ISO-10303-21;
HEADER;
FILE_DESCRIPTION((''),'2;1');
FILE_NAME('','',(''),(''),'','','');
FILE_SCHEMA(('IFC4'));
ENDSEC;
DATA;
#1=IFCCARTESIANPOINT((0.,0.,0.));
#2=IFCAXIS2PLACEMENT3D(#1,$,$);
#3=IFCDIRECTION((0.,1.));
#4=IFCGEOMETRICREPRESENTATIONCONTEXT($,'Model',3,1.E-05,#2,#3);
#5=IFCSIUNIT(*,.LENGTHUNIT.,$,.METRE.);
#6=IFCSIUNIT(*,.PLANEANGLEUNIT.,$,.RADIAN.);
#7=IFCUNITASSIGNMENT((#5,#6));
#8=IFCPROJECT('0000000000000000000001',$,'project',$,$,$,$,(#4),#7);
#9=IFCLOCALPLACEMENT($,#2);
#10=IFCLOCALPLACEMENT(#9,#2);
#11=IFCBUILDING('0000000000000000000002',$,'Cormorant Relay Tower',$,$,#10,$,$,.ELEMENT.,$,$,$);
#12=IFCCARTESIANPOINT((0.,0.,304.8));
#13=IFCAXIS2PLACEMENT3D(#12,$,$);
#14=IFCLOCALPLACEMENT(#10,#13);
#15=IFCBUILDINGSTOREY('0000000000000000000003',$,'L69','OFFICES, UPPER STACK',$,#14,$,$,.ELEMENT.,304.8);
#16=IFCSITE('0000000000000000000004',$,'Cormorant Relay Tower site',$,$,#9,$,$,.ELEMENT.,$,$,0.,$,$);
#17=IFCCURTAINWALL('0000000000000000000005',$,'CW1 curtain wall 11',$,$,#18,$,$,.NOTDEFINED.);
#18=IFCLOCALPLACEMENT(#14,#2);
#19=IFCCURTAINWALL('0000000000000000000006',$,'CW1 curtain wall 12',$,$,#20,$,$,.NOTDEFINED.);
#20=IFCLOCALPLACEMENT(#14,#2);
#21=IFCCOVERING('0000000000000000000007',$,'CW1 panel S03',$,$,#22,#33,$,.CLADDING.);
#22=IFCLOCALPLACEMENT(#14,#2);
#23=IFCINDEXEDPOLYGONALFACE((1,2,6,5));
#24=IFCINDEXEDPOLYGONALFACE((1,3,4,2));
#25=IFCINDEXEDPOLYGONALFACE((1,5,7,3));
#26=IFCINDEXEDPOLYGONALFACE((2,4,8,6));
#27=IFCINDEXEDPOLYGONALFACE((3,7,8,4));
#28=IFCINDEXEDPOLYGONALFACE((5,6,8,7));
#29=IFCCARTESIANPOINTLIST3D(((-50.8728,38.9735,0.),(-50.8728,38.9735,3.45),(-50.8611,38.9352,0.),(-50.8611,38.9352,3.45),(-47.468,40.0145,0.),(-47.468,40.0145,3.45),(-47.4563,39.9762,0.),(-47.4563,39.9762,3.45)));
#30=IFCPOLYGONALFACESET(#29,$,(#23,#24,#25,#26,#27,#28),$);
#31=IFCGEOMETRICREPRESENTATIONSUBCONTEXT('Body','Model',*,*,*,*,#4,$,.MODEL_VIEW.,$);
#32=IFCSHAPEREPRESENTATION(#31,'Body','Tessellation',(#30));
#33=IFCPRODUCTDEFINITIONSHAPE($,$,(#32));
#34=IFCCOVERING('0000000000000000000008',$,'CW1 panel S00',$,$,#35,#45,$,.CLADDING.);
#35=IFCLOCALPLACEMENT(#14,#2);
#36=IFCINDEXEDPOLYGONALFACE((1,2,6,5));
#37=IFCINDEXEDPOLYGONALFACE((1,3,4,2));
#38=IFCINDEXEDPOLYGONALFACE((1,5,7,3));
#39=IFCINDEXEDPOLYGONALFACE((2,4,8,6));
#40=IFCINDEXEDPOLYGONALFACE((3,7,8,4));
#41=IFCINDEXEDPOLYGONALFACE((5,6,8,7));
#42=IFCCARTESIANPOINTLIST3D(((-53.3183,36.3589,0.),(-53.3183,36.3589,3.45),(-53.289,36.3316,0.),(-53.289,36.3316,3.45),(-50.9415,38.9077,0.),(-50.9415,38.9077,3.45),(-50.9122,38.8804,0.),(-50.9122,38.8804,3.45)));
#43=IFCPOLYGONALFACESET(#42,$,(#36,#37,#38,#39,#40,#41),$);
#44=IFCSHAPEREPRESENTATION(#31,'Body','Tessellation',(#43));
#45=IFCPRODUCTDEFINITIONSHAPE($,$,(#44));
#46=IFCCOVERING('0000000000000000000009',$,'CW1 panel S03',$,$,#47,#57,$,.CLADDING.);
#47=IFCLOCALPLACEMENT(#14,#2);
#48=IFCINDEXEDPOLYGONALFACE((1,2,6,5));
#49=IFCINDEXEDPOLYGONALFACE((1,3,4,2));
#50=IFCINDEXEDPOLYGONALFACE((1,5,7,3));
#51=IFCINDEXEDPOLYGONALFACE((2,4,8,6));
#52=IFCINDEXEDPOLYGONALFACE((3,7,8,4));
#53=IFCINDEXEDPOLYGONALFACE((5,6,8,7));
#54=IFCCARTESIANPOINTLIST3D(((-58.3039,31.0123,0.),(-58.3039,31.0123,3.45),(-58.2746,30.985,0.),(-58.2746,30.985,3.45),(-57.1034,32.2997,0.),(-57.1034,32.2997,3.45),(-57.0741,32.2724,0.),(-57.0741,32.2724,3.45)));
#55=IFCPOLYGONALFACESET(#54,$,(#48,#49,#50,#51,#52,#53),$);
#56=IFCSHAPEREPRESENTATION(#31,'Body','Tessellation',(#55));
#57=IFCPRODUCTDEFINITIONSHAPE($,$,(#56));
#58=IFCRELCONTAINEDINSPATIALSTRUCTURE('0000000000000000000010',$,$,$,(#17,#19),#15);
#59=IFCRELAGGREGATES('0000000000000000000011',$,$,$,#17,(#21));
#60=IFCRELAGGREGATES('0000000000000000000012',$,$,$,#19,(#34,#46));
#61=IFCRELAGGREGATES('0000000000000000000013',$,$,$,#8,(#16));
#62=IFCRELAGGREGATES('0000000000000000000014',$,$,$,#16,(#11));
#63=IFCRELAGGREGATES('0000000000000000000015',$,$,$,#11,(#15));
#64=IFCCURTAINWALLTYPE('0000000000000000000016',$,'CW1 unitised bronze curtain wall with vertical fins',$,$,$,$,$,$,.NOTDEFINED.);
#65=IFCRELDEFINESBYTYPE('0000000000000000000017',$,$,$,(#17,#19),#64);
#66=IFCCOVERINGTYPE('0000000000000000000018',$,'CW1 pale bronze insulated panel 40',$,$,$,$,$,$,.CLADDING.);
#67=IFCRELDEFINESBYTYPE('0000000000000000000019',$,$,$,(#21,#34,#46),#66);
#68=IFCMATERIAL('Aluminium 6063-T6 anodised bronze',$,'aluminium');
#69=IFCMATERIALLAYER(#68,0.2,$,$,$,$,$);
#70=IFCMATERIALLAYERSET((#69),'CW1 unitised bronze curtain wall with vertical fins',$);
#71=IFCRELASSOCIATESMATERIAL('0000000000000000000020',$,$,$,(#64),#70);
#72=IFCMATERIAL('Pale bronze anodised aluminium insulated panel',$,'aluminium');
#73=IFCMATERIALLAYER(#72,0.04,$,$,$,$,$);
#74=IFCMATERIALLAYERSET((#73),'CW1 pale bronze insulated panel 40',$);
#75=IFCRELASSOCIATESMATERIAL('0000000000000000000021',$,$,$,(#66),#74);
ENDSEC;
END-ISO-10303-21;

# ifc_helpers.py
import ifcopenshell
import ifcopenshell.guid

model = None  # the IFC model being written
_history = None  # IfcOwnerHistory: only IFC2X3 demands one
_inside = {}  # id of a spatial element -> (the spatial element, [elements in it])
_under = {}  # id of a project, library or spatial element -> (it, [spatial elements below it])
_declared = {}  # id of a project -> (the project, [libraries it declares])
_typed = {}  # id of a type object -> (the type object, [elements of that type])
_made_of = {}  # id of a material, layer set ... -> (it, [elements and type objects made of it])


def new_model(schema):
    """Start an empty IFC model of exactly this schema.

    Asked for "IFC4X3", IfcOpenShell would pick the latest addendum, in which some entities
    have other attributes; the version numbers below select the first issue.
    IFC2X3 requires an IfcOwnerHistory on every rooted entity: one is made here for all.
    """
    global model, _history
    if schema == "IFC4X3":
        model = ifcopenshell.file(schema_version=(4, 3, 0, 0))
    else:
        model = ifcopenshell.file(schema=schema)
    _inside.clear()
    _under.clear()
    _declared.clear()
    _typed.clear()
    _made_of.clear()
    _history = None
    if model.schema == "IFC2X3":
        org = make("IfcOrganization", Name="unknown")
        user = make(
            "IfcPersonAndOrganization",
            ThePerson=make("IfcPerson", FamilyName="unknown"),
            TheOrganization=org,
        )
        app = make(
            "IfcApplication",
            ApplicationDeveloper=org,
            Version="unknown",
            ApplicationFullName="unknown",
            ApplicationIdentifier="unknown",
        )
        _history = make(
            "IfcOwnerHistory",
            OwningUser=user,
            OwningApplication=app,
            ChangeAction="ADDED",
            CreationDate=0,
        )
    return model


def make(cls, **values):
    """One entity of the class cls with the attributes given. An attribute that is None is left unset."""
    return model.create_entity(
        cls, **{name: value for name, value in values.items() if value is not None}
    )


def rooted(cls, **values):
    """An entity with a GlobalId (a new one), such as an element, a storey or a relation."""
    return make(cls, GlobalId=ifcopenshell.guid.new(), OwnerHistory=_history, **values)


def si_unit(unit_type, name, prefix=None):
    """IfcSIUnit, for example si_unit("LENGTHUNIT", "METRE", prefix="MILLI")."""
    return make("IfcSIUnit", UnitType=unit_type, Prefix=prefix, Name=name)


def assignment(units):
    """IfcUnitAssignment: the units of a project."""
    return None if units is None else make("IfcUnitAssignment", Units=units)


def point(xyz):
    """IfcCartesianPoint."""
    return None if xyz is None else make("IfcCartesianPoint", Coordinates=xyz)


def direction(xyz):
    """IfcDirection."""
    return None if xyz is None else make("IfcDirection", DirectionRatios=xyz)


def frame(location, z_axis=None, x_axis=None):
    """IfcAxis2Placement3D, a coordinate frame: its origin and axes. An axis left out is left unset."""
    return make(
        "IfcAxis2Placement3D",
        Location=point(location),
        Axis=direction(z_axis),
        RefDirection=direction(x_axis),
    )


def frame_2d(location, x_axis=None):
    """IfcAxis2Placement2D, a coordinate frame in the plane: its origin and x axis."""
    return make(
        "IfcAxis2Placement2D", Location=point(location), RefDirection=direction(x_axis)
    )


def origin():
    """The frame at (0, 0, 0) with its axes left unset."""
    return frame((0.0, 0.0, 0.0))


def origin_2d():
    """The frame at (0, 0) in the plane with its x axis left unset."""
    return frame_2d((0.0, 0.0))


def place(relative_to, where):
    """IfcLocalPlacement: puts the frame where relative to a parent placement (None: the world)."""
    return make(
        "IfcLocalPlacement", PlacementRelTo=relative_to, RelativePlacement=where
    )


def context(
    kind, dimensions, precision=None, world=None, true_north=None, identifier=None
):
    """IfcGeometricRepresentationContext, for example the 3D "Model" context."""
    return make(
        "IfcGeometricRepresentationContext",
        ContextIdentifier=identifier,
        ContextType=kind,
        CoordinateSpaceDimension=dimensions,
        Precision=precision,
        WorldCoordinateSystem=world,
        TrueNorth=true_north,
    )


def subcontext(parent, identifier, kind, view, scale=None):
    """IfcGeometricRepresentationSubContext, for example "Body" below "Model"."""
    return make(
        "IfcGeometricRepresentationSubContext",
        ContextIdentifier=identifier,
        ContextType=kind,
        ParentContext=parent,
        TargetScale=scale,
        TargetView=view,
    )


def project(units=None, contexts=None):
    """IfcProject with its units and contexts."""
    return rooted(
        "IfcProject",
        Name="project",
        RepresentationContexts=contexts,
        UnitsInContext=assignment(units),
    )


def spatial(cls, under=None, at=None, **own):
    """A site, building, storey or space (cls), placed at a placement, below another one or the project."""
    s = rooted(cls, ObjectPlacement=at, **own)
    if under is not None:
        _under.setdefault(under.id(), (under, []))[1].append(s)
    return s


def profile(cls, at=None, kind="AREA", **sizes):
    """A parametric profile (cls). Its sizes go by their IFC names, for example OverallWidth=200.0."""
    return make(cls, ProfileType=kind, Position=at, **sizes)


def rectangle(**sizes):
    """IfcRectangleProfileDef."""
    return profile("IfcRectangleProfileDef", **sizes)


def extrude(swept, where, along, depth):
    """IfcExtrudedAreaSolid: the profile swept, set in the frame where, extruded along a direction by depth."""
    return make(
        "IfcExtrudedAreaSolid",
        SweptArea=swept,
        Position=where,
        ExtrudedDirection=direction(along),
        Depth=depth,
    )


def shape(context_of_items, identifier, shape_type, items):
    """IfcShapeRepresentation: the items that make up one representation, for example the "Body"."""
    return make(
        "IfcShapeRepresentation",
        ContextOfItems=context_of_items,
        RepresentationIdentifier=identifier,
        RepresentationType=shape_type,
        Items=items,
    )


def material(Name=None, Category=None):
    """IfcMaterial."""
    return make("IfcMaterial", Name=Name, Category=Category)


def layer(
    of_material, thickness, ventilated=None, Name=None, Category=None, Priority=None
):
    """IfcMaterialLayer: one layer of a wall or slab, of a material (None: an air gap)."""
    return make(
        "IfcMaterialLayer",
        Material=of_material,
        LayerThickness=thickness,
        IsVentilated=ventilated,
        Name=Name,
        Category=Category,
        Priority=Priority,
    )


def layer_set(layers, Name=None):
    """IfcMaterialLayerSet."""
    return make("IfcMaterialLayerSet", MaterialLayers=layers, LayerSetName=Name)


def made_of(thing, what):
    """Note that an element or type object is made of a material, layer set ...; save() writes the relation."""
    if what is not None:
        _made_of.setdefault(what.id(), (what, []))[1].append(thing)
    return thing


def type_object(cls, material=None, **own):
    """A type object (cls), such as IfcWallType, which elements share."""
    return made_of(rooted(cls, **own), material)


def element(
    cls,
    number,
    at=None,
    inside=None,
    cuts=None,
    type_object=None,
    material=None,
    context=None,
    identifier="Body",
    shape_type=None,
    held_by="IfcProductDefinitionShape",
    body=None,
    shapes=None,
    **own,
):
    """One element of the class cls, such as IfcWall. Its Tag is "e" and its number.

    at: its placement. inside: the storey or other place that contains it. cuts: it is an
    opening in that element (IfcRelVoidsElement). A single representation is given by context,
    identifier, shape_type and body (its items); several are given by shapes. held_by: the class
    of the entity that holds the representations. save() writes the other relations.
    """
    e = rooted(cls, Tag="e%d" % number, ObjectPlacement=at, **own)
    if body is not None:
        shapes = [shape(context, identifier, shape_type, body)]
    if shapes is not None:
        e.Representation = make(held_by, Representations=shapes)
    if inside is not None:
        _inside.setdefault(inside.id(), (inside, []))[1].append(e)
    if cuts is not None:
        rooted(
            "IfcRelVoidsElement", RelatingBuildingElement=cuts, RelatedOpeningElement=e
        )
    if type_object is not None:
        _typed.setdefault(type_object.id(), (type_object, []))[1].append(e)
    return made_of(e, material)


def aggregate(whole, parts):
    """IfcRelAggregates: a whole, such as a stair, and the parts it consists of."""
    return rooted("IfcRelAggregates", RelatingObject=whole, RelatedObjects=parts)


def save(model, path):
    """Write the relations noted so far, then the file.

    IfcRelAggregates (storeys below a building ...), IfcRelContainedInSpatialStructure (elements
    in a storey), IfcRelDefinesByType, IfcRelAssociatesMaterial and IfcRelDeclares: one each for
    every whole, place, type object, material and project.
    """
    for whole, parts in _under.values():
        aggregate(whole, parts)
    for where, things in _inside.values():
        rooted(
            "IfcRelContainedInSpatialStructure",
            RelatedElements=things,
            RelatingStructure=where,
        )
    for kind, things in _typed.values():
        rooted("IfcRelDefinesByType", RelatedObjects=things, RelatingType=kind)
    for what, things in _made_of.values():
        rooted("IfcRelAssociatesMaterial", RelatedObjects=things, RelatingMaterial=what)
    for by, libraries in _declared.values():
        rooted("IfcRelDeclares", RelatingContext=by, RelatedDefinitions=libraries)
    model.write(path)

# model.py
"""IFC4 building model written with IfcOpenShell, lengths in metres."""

from ifc_helpers import new_model, si_unit, direction, frame, origin, origin_2d, place, context, subcontext, project, spatial, rectangle, extrude, material, layer, layer_set, type_object, element, aggregate, save


model = new_model("IFC4")

# Units and contexts
model_context = context("Model", 3, precision=1e-05, world=origin(), true_north=direction((0.0, 1.0)))
body_context = subcontext(model_context, "Body", "Model", "MODEL_VIEW")
ifc_project = project(units=[si_unit("LENGTHUNIT", "METRE"), si_unit("PLANEANGLEUNIT", "RADIAN")], contexts=[model_context])

# Site, building, storey
site_placement = place(None, origin())
site = spatial("IfcSite", under=ifc_project, at=site_placement, Name="Cormorant Relay Tower site", CompositionType="ELEMENT", RefElevation=0.0)
building_placement = place(site_placement, origin())
building = spatial("IfcBuilding", under=site, at=building_placement, Name="Cormorant Relay Tower", CompositionType="ELEMENT")
storey_placement = place(building_placement, frame((0.0, 0.0, 304.8)))
storey = spatial("IfcBuildingStorey", under=building, at=storey_placement, Name="L69", Description="OFFICES, UPPER STACK", CompositionType="ELEMENT", Elevation=304.8)

# Shared definitions
ifc_material_1 = material(Name="Aluminium 6063-T6 anodised bronze", Category="aluminium")
ifc_layer_1 = layer(ifc_material_1, 0.2)
ifc_layer_set_1 = layer_set([ifc_layer_1], Name="CW1 unitised bronze curtain wall with vertical fins")
curtain_wall_type = type_object("IfcCurtainWallType", Name="CW1 unitised bronze curtain wall with vertical fins", PredefinedType="NOTDEFINED", material=ifc_layer_set_1)

# Curtain walls
curtain_wall_1_placement = place(storey_placement, origin())
curtain_wall_1 = element("IfcCurtainWall", 1, at=curtain_wall_1_placement, inside=storey, type_object=curtain_wall_type, Name="CW1 curtain wall 11", PredefinedType="NOTDEFINED")
curtain_wall_2_placement = place(storey_placement, origin())
curtain_wall_2 = element("IfcCurtainWall", 2, at=curtain_wall_2_placement, inside=storey, type_object=curtain_wall_type, Name="CW1 curtain wall 12", PredefinedType="NOTDEFINED")

# Coverings
ifc_material_2 = material(Name="Pale bronze anodised aluminium insulated panel", Category="aluminium")
ifc_layer_2 = layer(ifc_material_2, 0.04)
ifc_layer_set_2 = layer_set([ifc_layer_2], Name="CW1 pale bronze insulated panel 40")
covering_type = type_object("IfcCoveringType", Name="CW1 pale bronze insulated panel 40", PredefinedType="CLADDING", material=ifc_layer_set_2)
covering_1_placement = place(storey_placement, frame((-49.1646, 39.4749, 0.0), z_axis=(0.0, 0.0, 1.0), x_axis=(-0.956305, -0.292372, 0.0)))
covering_1 = element("IfcCovering", 3, at=covering_1_placement, type_object=covering_type, Name="CW1 panel S03", PredefinedType="CLADDING", context=body_context, shape_type="SweptSolid", body=[
    extrude(rectangle(XDim=3.5603, YDim=0.04, at=origin_2d()), origin(), (0.0, 0.0, 1.0), 3.45),
])
aggregate(curtain_wall_1, [covering_1])
covering_2_placement = place(storey_placement, frame((-52.1152, 37.6196, 0.0), z_axis=(0.0, 0.0, 1.0), x_axis=(-0.681998, -0.731354, 0.0)))
covering_2 = element("IfcCovering", 4, at=covering_2_placement, type_object=covering_type, Name="CW1 panel S00", PredefinedType="CLADDING", context=body_context, shape_type="SweptSolid", body=[
    extrude(rectangle(XDim=3.4851, YDim=0.04, at=origin_2d()), origin(), (0.0, 0.0, 1.0), 3.45),
])
covering_3_placement = place(storey_placement, frame((-57.689, 31.6423, 0.0), z_axis=(0.0, 0.0, 1.0), x_axis=(-0.681998, -0.731354, 0.0)))
covering_3 = element("IfcCovering", 5, at=covering_3_placement, type_object=covering_type, Name="CW1 panel S03", PredefinedType="CLADDING", context=body_context, shape_type="SweptSolid", body=[
    extrude(rectangle(XDim=1.7603, YDim=0.04, at=origin_2d()), origin(), (0.0, 0.0, 1.0), 3.45),
])
aggregate(curtain_wall_2, [covering_2, covering_3])

save(model, "model.ifc")
